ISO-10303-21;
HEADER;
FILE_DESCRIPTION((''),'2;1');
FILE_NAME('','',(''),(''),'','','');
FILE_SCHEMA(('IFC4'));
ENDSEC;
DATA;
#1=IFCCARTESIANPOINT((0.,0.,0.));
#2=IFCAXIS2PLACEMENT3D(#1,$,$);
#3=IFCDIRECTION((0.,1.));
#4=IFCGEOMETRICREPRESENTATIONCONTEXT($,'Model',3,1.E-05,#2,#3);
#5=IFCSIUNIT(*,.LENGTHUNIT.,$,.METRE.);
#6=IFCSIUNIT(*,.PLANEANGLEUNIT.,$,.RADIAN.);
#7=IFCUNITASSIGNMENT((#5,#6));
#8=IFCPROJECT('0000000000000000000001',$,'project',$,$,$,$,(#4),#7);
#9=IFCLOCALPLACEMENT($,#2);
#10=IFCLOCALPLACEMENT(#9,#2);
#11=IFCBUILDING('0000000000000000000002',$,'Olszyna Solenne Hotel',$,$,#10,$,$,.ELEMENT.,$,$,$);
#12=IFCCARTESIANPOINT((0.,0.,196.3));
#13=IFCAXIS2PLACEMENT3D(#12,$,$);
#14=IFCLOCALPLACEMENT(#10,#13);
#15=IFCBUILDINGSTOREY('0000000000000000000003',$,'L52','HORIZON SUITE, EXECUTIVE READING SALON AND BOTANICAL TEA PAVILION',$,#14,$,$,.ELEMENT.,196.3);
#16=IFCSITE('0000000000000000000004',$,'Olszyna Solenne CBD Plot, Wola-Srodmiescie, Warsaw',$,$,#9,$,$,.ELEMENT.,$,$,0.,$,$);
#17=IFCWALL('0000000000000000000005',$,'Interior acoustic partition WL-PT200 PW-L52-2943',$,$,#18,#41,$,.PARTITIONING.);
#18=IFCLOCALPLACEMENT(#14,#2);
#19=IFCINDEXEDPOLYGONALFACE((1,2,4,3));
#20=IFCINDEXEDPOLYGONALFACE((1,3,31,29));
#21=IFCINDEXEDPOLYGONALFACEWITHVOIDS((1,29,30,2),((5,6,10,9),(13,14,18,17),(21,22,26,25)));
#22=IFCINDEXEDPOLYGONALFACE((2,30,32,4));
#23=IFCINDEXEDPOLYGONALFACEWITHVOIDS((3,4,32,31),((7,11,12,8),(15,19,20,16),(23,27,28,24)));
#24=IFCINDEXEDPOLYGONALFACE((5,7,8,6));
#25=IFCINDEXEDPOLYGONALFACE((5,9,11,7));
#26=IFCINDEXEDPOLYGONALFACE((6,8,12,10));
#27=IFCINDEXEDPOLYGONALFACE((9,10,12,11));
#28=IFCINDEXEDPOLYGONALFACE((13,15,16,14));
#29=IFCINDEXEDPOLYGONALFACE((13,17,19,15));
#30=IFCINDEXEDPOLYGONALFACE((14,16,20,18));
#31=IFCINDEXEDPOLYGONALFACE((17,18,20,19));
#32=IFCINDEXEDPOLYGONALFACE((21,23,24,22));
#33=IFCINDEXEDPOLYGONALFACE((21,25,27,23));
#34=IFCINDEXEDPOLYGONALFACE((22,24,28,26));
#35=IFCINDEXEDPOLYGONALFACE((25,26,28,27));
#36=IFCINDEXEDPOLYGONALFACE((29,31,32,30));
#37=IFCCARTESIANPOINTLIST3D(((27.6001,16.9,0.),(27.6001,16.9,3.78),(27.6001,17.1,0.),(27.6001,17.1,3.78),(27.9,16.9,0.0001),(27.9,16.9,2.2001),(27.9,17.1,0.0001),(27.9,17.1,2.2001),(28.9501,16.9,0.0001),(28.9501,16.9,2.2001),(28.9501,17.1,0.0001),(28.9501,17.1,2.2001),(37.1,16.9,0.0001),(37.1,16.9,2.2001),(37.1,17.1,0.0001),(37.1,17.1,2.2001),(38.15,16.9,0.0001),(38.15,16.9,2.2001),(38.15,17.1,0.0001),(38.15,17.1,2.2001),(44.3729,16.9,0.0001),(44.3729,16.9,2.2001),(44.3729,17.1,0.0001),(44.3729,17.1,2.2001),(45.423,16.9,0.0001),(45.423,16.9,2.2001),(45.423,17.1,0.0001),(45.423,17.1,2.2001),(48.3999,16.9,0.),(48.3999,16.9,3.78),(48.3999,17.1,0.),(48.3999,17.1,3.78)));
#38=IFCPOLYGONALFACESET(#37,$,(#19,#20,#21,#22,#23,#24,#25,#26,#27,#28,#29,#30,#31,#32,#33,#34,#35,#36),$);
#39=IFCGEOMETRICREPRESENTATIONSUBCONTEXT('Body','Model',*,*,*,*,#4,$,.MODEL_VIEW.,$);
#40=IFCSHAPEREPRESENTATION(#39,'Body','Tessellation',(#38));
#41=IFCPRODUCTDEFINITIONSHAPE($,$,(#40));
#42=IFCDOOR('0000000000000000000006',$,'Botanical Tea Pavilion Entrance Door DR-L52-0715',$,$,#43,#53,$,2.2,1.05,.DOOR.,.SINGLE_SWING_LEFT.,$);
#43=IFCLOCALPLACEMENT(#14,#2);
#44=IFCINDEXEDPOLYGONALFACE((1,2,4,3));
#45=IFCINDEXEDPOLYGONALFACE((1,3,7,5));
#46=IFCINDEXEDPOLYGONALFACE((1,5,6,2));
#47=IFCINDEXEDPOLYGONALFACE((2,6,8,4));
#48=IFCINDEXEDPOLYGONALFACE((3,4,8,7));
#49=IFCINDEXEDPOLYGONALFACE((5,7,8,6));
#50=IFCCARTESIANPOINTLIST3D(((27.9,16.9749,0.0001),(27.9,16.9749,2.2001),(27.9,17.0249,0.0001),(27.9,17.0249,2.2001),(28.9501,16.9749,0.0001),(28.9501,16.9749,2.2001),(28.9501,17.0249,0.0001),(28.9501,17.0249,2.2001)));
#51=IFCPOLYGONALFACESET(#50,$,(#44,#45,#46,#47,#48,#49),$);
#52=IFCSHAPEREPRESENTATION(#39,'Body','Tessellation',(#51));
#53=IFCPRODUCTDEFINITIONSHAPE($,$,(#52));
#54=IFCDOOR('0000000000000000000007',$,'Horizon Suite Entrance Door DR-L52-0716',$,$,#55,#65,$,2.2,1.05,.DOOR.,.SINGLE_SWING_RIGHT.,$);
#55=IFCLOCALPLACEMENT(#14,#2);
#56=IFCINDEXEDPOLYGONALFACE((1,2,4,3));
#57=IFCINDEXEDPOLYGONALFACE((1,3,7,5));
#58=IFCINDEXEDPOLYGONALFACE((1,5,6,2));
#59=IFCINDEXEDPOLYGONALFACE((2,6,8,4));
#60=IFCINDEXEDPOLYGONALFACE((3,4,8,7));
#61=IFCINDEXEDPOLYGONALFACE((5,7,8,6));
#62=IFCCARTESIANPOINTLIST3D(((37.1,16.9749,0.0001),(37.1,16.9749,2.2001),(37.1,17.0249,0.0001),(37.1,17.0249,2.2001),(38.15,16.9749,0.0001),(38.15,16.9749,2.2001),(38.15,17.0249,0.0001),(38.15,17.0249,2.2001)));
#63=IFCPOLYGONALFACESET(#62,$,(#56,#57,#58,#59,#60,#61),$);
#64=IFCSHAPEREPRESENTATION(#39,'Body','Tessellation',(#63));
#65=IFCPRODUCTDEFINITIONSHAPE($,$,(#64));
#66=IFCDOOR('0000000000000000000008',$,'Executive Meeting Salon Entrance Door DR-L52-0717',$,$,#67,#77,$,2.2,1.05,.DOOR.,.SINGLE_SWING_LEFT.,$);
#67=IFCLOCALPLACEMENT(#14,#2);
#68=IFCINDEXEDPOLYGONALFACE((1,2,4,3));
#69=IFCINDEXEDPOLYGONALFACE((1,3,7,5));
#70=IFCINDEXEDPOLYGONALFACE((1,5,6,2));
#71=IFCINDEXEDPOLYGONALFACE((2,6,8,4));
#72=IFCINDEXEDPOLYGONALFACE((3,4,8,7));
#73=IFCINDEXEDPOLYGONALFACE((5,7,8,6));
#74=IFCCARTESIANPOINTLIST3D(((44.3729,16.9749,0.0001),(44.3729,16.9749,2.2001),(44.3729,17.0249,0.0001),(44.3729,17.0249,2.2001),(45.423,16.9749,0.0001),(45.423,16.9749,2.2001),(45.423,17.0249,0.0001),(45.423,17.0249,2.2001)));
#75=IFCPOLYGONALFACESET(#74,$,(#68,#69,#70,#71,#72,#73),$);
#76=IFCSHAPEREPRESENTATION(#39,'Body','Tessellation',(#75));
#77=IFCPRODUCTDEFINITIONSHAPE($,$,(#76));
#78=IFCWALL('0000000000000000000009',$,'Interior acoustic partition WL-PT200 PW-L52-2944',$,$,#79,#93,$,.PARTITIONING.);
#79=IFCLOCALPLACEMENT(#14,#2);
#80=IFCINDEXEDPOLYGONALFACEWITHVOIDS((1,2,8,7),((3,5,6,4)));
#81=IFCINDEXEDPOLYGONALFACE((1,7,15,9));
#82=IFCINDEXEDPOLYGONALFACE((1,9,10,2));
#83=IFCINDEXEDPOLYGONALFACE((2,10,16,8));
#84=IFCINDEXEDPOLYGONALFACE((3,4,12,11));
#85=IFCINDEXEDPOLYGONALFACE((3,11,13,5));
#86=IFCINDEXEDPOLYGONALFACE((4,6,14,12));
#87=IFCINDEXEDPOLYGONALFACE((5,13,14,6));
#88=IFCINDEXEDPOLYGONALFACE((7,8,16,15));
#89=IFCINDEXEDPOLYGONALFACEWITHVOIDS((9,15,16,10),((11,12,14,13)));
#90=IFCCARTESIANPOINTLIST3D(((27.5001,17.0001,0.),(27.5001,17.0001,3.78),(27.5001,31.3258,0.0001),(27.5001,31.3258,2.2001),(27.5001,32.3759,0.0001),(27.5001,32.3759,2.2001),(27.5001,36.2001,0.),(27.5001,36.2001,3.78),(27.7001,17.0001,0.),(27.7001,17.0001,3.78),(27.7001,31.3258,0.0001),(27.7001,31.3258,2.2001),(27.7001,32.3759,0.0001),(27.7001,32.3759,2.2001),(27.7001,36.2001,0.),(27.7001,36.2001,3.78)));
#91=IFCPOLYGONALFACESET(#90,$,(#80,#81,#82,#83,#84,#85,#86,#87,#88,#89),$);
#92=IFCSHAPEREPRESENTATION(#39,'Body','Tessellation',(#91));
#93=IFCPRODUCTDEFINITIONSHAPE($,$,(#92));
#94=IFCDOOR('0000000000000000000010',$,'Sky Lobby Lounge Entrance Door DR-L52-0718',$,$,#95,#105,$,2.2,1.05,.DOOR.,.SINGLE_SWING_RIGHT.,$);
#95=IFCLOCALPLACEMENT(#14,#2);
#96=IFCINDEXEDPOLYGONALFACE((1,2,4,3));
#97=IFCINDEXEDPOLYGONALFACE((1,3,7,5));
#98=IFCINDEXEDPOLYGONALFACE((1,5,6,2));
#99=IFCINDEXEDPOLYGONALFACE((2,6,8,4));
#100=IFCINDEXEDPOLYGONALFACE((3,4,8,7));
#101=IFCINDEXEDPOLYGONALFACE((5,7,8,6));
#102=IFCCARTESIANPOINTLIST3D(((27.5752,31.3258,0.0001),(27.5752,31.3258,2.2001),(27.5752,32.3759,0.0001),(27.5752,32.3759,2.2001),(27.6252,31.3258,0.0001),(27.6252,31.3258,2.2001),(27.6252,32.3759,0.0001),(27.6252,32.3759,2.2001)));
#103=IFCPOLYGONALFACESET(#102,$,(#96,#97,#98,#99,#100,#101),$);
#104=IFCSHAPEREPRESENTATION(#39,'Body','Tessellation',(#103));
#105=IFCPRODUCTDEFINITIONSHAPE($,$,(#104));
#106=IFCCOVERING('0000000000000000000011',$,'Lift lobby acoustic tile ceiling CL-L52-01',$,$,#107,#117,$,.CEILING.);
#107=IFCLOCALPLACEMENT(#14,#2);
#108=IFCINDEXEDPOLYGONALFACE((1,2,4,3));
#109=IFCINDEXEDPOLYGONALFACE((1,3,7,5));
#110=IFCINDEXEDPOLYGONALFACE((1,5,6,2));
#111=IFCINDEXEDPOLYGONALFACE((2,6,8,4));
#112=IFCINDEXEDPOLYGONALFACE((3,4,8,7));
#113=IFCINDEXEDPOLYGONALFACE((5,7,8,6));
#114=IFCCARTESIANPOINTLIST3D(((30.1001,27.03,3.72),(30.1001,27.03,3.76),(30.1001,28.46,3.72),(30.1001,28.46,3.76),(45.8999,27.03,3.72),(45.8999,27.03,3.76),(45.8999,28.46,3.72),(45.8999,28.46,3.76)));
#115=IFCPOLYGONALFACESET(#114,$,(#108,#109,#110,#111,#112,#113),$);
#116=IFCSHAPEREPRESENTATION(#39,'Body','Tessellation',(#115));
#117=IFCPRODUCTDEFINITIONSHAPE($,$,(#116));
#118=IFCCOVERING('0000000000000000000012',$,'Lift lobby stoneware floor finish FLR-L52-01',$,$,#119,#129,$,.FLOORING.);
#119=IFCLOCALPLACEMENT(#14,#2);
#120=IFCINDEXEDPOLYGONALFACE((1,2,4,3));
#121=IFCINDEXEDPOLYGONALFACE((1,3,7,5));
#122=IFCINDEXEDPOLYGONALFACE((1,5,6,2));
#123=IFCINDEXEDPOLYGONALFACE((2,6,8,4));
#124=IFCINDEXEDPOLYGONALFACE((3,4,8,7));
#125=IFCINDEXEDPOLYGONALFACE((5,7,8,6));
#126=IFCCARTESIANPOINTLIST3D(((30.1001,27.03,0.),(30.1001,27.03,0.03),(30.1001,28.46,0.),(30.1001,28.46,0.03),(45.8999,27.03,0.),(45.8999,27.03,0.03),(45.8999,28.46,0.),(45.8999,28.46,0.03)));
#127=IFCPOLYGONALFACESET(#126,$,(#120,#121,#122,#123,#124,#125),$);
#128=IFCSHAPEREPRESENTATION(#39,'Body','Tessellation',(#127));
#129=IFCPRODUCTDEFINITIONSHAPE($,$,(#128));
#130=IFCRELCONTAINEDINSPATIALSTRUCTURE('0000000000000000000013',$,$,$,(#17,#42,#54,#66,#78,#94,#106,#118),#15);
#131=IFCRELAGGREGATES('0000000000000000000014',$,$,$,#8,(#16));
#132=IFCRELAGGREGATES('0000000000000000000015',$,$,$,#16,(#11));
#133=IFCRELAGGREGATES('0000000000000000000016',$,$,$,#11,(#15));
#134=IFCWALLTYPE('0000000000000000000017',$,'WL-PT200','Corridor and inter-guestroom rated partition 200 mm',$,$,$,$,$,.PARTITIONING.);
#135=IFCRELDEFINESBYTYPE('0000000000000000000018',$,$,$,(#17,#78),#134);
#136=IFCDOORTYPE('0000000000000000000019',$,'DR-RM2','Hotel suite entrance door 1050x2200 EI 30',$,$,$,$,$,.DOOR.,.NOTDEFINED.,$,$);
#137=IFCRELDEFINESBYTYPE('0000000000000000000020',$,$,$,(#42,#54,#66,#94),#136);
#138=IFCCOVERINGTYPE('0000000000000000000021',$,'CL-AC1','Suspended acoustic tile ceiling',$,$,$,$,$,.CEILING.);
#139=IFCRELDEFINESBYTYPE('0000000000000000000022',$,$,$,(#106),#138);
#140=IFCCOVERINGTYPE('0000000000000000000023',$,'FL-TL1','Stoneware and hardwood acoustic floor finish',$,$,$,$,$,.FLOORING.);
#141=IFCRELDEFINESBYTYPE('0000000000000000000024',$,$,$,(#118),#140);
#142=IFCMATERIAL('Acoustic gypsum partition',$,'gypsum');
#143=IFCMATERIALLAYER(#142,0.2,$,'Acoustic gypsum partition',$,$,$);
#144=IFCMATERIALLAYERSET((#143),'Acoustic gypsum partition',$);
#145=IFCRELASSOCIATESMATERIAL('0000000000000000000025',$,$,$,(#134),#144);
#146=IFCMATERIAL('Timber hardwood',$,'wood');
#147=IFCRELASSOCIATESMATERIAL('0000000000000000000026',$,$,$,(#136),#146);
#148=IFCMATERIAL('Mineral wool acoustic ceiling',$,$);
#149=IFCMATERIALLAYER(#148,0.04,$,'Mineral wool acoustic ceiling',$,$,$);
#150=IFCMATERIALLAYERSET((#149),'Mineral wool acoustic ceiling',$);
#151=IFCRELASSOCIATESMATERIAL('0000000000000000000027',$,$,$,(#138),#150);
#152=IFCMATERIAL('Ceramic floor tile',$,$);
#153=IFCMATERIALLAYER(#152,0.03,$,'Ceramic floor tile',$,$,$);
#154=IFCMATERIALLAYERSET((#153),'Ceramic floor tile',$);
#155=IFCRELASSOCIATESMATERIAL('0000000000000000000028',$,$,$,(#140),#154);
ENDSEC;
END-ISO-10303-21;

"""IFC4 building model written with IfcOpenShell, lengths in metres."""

from ifc_helpers import new_model, si_unit, direction, frame, frame_2d, origin, place, context, subcontext, project, spatial, polyline, rectangle, outline, extrude, source, transform, mapped, material, layer, layer_set, type_object, type_shapes, element, fill, save


model = new_model("IFC4")

# Units and contexts
model_context = context("Model", 3, precision=1e-05, world=origin(), true_north=direction((0.0, 1.0)))
body_context = subcontext(model_context, "Body", "Model", "MODEL_VIEW")
ifc_project = project(units=[si_unit("LENGTHUNIT", "METRE"), si_unit("PLANEANGLEUNIT", "RADIAN")], contexts=[model_context])

# Site, building, storey
site_placement = place(None, origin())
site = spatial("IfcSite", under=ifc_project, at=site_placement, Name="Olszyna Solenne CBD Plot, Wola-Srodmiescie, Warsaw", CompositionType="ELEMENT", RefElevation=0.0)
building_placement = place(site_placement, origin())
building = spatial("IfcBuilding", under=site, at=building_placement, Name="Olszyna Solenne Hotel", CompositionType="ELEMENT")
storey_placement = place(building_placement, frame((0.0, 0.0, 196.3)))
storey = spatial("IfcBuildingStorey", under=building, at=storey_placement, Name="L52", Description="HORIZON SUITE, EXECUTIVE READING SALON AND BOTANICAL TEA PAVILION", CompositionType="ELEMENT", Elevation=196.3)

# Shared definitions
ifc_material_1 = material(Name="Acoustic gypsum partition", Category="gypsum")

# Wall, openings, doors
ifc_layer_1 = layer(ifc_material_1, 0.2, Name="Acoustic gypsum partition")
ifc_layer_set_1 = layer_set([ifc_layer_1], Name="Acoustic gypsum partition")
wall_type_1 = type_object("IfcWallType", Name="WL-PT200", Description="Corridor and inter-guestroom rated partition 200 mm", PredefinedType="PARTITIONING", material=ifc_layer_set_1)
wall_1_placement = place(storey_placement, frame((27.6001, 17.0, 0.0), z_axis=(0.0, 0.0, 1.0), x_axis=(1.0, 0.0, 0.0)))
wall_1 = element("IfcWall", 1, at=wall_1_placement, inside=storey, type_object=wall_type_1, Name="Interior acoustic partition WL-PT200 PW-L52-2943", PredefinedType="PARTITIONING", context=body_context, shape_type="SweptSolid", body=[
    extrude(rectangle(XDim=20.7998, YDim=0.2, at=frame_2d((10.3999, 0.0))), origin(), (0.0, 0.0, 1.0), 3.78),
])
opening_1_placement = place(wall_1_placement, frame((0.3, 0.0, 0.0)))
opening_1 = element("IfcOpeningElement", 2, at=opening_1_placement, cuts=wall_1, PredefinedType="OPENING", context=body_context, shape_type="SweptSolid", body=[
    extrude(rectangle(XDim=1.05, YDim=2.2, at=frame_2d((0.5249, 1.1001))), frame((0.0, 0.1099, 0.0), z_axis=(0.0, -1.0, 0.0), x_axis=(1.0, 0.0, 0.0)), (0.0, 0.0, 1.0), 0.22),
])
opening_2_placement = place(wall_1_placement, frame((9.5, 0.0, 0.0)))
opening_2 = element("IfcOpeningElement", 3, at=opening_2_placement, cuts=wall_1, PredefinedType="OPENING", context=body_context, shape_type="SweptSolid", body=[
    extrude(rectangle(XDim=1.05, YDim=2.2, at=frame_2d((0.5249, 1.1001))), frame((0.0, 0.1099, 0.0), z_axis=(0.0, -1.0, 0.0), x_axis=(1.0, 0.0, 0.0)), (0.0, 0.0, 1.0), 0.22),
])
opening_3_placement = place(wall_1_placement, frame((16.7729, 0.0, 0.0)))
opening_3 = element("IfcOpeningElement", 4, at=opening_3_placement, cuts=wall_1, PredefinedType="OPENING", context=body_context, shape_type="SweptSolid", body=[
    extrude(rectangle(XDim=1.05, YDim=2.2, at=frame_2d((0.5249, 1.1001))), frame((0.0, 0.1099, 0.0), z_axis=(0.0, -1.0, 0.0), x_axis=(1.0, 0.0, 0.0)), (0.0, 0.0, 1.0), 0.22),
])
ifc_material_2 = material(Name="Timber hardwood", Category="wood")
door_type = type_object("IfcDoorType", Name="DR-RM2", Description="Hotel suite entrance door 1050x2200 EI 30", OperationType="NOTDEFINED", PredefinedType="DOOR", material=ifc_material_2)
shared_shape_1 = source(origin(), body_context, "Body", "SweptSolid", [
    extrude(rectangle(XDim=1.05, YDim=2.2, at=frame_2d((0.5249, 1.1001))), frame((0.0, 0.0249, 0.0), z_axis=(0.0, -1.0, 0.0), x_axis=(1.0, 0.0, 0.0)), (0.0, 0.0, 1.0), 0.05),
])
type_shapes(door_type, [shared_shape_1])
door_1_placement = place(opening_1_placement, origin())
door_1 = element("IfcDoor", 5, at=door_1_placement, inside=storey, type_object=door_type, Name="Botanical Tea Pavilion Entrance Door DR-L52-0715", OperationType="SINGLE_SWING_LEFT", OverallHeight=2.2, OverallWidth=1.05, PredefinedType="DOOR", context=body_context, shape_type="MappedRepresentation", body=[
    mapped(shared_shape_1, transform((0.0, 0.0, 0.0), x_axis=(1.0, 0.0, 0.0), y_axis=(0.0, 1.0, 0.0), z_axis=(0.0, 0.0, 1.0), scale=1.0)),
])
fill(opening_1, door_1)
door_2_placement = place(opening_2_placement, origin())
door_2 = element("IfcDoor", 6, at=door_2_placement, inside=storey, type_object=door_type, Name="Horizon Suite Entrance Door DR-L52-0716", OperationType="SINGLE_SWING_RIGHT", OverallHeight=2.2, OverallWidth=1.05, PredefinedType="DOOR", context=body_context, shape_type="MappedRepresentation", body=[
    mapped(shared_shape_1, transform((0.0, 0.0, 0.0), x_axis=(1.0, 0.0, 0.0), y_axis=(0.0, 1.0, 0.0), z_axis=(0.0, 0.0, 1.0), scale=1.0)),
])
fill(opening_2, door_2)
door_3_placement = place(opening_3_placement, origin())
door_3 = element("IfcDoor", 7, at=door_3_placement, inside=storey, type_object=door_type, Name="Executive Meeting Salon Entrance Door DR-L52-0717", OperationType="SINGLE_SWING_LEFT", OverallHeight=2.2, OverallWidth=1.05, PredefinedType="DOOR", context=body_context, shape_type="MappedRepresentation", body=[
    mapped(shared_shape_1, transform((0.0, 0.0, 0.0), x_axis=(1.0, 0.0, 0.0), y_axis=(0.0, 1.0, 0.0), z_axis=(0.0, 0.0, 1.0), scale=1.0)),
])
fill(opening_3, door_3)

# Wall, opening, door
wall_2_placement = place(storey_placement, frame((27.6001, 17.0, 0.0), z_axis=(0.0, 0.0, 1.0), x_axis=(0.0, 1.0, 0.0)))
wall_2 = element("IfcWall", 8, at=wall_2_placement, inside=storey, type_object=wall_type_1, Name="Interior acoustic partition WL-PT200 PW-L52-2944", PredefinedType="PARTITIONING", context=body_context, shape_type="SweptSolid", body=[
    extrude(rectangle(XDim=19.2, YDim=0.2, at=frame_2d((9.6001, 0.0))), origin(), (0.0, 0.0, 1.0), 3.78),
])
opening_4_placement = place(wall_2_placement, frame((14.3259, 0.0, 0.0)))
opening_4 = element("IfcOpeningElement", 9, at=opening_4_placement, cuts=wall_2, PredefinedType="OPENING", context=body_context, shape_type="SweptSolid", body=[
    extrude(rectangle(XDim=1.05, YDim=2.2, at=frame_2d((0.5249, 1.1001))), frame((0.0, 0.1099, 0.0), z_axis=(0.0, -1.0, 0.0), x_axis=(1.0, 0.0, 0.0)), (0.0, 0.0, 1.0), 0.22),
])
door_4_placement = place(opening_4_placement, origin())
door_4 = element("IfcDoor", 10, at=door_4_placement, inside=storey, type_object=door_type, Name="Sky Lobby Lounge Entrance Door DR-L52-0718", OperationType="SINGLE_SWING_RIGHT", OverallHeight=2.2, OverallWidth=1.05, PredefinedType="DOOR", context=body_context, shape_type="MappedRepresentation", body=[
    mapped(shared_shape_1, transform((0.0, 0.0, 0.0), x_axis=(1.0, 0.0, 0.0), y_axis=(0.0, 1.0, 0.0), z_axis=(0.0, 0.0, 1.0), scale=1.0)),
])
fill(opening_4, door_4)

# Coverings
ifc_material_3 = material(Name="Mineral wool acoustic ceiling")
ifc_layer_2 = layer(ifc_material_3, 0.04, Name="Mineral wool acoustic ceiling")
ifc_layer_set_2 = layer_set([ifc_layer_2], Name="Mineral wool acoustic ceiling")
covering_type_1 = type_object("IfcCoveringType", Name="CL-AC1", Description="Suspended acoustic tile ceiling", PredefinedType="CEILING", material=ifc_layer_set_2)
covering_1_placement = place(storey_placement, frame((0.0, 0.0, 3.72)))
element("IfcCovering", 11, at=covering_1_placement, inside=storey, type_object=covering_type_1, Name="Lift lobby acoustic tile ceiling CL-L52-01", PredefinedType="CEILING", context=body_context, shape_type="SweptSolid", body=[
    extrude(outline(polyline([(30.1001, 27.03), (45.8999, 27.03), (45.8999, 28.46), (30.1001, 28.46), (30.1001, 27.03)])), origin(), (0.0, 0.0, 1.0), 0.04),
])
ifc_material_4 = material(Name="Ceramic floor tile")
ifc_layer_3 = layer(ifc_material_4, 0.03, Name="Ceramic floor tile")
ifc_layer_set_3 = layer_set([ifc_layer_3], Name="Ceramic floor tile")
covering_type_2 = type_object("IfcCoveringType", Name="FL-TL1", Description="Stoneware and hardwood acoustic floor finish", PredefinedType="FLOORING", material=ifc_layer_set_3)
covering_2_placement = place(storey_placement, origin())
element("IfcCovering", 12, at=covering_2_placement, inside=storey, type_object=covering_type_2, Name="Lift lobby stoneware floor finish FLR-L52-01", PredefinedType="FLOORING", context=body_context, shape_type="SweptSolid", body=[
    extrude(outline(polyline([(30.1001, 27.03), (45.8999, 27.03), (45.8999, 28.46), (30.1001, 28.46), (30.1001, 27.03)])), origin(), (0.0, 0.0, 1.0), 0.03),
])

save(model, "model.ifc")
